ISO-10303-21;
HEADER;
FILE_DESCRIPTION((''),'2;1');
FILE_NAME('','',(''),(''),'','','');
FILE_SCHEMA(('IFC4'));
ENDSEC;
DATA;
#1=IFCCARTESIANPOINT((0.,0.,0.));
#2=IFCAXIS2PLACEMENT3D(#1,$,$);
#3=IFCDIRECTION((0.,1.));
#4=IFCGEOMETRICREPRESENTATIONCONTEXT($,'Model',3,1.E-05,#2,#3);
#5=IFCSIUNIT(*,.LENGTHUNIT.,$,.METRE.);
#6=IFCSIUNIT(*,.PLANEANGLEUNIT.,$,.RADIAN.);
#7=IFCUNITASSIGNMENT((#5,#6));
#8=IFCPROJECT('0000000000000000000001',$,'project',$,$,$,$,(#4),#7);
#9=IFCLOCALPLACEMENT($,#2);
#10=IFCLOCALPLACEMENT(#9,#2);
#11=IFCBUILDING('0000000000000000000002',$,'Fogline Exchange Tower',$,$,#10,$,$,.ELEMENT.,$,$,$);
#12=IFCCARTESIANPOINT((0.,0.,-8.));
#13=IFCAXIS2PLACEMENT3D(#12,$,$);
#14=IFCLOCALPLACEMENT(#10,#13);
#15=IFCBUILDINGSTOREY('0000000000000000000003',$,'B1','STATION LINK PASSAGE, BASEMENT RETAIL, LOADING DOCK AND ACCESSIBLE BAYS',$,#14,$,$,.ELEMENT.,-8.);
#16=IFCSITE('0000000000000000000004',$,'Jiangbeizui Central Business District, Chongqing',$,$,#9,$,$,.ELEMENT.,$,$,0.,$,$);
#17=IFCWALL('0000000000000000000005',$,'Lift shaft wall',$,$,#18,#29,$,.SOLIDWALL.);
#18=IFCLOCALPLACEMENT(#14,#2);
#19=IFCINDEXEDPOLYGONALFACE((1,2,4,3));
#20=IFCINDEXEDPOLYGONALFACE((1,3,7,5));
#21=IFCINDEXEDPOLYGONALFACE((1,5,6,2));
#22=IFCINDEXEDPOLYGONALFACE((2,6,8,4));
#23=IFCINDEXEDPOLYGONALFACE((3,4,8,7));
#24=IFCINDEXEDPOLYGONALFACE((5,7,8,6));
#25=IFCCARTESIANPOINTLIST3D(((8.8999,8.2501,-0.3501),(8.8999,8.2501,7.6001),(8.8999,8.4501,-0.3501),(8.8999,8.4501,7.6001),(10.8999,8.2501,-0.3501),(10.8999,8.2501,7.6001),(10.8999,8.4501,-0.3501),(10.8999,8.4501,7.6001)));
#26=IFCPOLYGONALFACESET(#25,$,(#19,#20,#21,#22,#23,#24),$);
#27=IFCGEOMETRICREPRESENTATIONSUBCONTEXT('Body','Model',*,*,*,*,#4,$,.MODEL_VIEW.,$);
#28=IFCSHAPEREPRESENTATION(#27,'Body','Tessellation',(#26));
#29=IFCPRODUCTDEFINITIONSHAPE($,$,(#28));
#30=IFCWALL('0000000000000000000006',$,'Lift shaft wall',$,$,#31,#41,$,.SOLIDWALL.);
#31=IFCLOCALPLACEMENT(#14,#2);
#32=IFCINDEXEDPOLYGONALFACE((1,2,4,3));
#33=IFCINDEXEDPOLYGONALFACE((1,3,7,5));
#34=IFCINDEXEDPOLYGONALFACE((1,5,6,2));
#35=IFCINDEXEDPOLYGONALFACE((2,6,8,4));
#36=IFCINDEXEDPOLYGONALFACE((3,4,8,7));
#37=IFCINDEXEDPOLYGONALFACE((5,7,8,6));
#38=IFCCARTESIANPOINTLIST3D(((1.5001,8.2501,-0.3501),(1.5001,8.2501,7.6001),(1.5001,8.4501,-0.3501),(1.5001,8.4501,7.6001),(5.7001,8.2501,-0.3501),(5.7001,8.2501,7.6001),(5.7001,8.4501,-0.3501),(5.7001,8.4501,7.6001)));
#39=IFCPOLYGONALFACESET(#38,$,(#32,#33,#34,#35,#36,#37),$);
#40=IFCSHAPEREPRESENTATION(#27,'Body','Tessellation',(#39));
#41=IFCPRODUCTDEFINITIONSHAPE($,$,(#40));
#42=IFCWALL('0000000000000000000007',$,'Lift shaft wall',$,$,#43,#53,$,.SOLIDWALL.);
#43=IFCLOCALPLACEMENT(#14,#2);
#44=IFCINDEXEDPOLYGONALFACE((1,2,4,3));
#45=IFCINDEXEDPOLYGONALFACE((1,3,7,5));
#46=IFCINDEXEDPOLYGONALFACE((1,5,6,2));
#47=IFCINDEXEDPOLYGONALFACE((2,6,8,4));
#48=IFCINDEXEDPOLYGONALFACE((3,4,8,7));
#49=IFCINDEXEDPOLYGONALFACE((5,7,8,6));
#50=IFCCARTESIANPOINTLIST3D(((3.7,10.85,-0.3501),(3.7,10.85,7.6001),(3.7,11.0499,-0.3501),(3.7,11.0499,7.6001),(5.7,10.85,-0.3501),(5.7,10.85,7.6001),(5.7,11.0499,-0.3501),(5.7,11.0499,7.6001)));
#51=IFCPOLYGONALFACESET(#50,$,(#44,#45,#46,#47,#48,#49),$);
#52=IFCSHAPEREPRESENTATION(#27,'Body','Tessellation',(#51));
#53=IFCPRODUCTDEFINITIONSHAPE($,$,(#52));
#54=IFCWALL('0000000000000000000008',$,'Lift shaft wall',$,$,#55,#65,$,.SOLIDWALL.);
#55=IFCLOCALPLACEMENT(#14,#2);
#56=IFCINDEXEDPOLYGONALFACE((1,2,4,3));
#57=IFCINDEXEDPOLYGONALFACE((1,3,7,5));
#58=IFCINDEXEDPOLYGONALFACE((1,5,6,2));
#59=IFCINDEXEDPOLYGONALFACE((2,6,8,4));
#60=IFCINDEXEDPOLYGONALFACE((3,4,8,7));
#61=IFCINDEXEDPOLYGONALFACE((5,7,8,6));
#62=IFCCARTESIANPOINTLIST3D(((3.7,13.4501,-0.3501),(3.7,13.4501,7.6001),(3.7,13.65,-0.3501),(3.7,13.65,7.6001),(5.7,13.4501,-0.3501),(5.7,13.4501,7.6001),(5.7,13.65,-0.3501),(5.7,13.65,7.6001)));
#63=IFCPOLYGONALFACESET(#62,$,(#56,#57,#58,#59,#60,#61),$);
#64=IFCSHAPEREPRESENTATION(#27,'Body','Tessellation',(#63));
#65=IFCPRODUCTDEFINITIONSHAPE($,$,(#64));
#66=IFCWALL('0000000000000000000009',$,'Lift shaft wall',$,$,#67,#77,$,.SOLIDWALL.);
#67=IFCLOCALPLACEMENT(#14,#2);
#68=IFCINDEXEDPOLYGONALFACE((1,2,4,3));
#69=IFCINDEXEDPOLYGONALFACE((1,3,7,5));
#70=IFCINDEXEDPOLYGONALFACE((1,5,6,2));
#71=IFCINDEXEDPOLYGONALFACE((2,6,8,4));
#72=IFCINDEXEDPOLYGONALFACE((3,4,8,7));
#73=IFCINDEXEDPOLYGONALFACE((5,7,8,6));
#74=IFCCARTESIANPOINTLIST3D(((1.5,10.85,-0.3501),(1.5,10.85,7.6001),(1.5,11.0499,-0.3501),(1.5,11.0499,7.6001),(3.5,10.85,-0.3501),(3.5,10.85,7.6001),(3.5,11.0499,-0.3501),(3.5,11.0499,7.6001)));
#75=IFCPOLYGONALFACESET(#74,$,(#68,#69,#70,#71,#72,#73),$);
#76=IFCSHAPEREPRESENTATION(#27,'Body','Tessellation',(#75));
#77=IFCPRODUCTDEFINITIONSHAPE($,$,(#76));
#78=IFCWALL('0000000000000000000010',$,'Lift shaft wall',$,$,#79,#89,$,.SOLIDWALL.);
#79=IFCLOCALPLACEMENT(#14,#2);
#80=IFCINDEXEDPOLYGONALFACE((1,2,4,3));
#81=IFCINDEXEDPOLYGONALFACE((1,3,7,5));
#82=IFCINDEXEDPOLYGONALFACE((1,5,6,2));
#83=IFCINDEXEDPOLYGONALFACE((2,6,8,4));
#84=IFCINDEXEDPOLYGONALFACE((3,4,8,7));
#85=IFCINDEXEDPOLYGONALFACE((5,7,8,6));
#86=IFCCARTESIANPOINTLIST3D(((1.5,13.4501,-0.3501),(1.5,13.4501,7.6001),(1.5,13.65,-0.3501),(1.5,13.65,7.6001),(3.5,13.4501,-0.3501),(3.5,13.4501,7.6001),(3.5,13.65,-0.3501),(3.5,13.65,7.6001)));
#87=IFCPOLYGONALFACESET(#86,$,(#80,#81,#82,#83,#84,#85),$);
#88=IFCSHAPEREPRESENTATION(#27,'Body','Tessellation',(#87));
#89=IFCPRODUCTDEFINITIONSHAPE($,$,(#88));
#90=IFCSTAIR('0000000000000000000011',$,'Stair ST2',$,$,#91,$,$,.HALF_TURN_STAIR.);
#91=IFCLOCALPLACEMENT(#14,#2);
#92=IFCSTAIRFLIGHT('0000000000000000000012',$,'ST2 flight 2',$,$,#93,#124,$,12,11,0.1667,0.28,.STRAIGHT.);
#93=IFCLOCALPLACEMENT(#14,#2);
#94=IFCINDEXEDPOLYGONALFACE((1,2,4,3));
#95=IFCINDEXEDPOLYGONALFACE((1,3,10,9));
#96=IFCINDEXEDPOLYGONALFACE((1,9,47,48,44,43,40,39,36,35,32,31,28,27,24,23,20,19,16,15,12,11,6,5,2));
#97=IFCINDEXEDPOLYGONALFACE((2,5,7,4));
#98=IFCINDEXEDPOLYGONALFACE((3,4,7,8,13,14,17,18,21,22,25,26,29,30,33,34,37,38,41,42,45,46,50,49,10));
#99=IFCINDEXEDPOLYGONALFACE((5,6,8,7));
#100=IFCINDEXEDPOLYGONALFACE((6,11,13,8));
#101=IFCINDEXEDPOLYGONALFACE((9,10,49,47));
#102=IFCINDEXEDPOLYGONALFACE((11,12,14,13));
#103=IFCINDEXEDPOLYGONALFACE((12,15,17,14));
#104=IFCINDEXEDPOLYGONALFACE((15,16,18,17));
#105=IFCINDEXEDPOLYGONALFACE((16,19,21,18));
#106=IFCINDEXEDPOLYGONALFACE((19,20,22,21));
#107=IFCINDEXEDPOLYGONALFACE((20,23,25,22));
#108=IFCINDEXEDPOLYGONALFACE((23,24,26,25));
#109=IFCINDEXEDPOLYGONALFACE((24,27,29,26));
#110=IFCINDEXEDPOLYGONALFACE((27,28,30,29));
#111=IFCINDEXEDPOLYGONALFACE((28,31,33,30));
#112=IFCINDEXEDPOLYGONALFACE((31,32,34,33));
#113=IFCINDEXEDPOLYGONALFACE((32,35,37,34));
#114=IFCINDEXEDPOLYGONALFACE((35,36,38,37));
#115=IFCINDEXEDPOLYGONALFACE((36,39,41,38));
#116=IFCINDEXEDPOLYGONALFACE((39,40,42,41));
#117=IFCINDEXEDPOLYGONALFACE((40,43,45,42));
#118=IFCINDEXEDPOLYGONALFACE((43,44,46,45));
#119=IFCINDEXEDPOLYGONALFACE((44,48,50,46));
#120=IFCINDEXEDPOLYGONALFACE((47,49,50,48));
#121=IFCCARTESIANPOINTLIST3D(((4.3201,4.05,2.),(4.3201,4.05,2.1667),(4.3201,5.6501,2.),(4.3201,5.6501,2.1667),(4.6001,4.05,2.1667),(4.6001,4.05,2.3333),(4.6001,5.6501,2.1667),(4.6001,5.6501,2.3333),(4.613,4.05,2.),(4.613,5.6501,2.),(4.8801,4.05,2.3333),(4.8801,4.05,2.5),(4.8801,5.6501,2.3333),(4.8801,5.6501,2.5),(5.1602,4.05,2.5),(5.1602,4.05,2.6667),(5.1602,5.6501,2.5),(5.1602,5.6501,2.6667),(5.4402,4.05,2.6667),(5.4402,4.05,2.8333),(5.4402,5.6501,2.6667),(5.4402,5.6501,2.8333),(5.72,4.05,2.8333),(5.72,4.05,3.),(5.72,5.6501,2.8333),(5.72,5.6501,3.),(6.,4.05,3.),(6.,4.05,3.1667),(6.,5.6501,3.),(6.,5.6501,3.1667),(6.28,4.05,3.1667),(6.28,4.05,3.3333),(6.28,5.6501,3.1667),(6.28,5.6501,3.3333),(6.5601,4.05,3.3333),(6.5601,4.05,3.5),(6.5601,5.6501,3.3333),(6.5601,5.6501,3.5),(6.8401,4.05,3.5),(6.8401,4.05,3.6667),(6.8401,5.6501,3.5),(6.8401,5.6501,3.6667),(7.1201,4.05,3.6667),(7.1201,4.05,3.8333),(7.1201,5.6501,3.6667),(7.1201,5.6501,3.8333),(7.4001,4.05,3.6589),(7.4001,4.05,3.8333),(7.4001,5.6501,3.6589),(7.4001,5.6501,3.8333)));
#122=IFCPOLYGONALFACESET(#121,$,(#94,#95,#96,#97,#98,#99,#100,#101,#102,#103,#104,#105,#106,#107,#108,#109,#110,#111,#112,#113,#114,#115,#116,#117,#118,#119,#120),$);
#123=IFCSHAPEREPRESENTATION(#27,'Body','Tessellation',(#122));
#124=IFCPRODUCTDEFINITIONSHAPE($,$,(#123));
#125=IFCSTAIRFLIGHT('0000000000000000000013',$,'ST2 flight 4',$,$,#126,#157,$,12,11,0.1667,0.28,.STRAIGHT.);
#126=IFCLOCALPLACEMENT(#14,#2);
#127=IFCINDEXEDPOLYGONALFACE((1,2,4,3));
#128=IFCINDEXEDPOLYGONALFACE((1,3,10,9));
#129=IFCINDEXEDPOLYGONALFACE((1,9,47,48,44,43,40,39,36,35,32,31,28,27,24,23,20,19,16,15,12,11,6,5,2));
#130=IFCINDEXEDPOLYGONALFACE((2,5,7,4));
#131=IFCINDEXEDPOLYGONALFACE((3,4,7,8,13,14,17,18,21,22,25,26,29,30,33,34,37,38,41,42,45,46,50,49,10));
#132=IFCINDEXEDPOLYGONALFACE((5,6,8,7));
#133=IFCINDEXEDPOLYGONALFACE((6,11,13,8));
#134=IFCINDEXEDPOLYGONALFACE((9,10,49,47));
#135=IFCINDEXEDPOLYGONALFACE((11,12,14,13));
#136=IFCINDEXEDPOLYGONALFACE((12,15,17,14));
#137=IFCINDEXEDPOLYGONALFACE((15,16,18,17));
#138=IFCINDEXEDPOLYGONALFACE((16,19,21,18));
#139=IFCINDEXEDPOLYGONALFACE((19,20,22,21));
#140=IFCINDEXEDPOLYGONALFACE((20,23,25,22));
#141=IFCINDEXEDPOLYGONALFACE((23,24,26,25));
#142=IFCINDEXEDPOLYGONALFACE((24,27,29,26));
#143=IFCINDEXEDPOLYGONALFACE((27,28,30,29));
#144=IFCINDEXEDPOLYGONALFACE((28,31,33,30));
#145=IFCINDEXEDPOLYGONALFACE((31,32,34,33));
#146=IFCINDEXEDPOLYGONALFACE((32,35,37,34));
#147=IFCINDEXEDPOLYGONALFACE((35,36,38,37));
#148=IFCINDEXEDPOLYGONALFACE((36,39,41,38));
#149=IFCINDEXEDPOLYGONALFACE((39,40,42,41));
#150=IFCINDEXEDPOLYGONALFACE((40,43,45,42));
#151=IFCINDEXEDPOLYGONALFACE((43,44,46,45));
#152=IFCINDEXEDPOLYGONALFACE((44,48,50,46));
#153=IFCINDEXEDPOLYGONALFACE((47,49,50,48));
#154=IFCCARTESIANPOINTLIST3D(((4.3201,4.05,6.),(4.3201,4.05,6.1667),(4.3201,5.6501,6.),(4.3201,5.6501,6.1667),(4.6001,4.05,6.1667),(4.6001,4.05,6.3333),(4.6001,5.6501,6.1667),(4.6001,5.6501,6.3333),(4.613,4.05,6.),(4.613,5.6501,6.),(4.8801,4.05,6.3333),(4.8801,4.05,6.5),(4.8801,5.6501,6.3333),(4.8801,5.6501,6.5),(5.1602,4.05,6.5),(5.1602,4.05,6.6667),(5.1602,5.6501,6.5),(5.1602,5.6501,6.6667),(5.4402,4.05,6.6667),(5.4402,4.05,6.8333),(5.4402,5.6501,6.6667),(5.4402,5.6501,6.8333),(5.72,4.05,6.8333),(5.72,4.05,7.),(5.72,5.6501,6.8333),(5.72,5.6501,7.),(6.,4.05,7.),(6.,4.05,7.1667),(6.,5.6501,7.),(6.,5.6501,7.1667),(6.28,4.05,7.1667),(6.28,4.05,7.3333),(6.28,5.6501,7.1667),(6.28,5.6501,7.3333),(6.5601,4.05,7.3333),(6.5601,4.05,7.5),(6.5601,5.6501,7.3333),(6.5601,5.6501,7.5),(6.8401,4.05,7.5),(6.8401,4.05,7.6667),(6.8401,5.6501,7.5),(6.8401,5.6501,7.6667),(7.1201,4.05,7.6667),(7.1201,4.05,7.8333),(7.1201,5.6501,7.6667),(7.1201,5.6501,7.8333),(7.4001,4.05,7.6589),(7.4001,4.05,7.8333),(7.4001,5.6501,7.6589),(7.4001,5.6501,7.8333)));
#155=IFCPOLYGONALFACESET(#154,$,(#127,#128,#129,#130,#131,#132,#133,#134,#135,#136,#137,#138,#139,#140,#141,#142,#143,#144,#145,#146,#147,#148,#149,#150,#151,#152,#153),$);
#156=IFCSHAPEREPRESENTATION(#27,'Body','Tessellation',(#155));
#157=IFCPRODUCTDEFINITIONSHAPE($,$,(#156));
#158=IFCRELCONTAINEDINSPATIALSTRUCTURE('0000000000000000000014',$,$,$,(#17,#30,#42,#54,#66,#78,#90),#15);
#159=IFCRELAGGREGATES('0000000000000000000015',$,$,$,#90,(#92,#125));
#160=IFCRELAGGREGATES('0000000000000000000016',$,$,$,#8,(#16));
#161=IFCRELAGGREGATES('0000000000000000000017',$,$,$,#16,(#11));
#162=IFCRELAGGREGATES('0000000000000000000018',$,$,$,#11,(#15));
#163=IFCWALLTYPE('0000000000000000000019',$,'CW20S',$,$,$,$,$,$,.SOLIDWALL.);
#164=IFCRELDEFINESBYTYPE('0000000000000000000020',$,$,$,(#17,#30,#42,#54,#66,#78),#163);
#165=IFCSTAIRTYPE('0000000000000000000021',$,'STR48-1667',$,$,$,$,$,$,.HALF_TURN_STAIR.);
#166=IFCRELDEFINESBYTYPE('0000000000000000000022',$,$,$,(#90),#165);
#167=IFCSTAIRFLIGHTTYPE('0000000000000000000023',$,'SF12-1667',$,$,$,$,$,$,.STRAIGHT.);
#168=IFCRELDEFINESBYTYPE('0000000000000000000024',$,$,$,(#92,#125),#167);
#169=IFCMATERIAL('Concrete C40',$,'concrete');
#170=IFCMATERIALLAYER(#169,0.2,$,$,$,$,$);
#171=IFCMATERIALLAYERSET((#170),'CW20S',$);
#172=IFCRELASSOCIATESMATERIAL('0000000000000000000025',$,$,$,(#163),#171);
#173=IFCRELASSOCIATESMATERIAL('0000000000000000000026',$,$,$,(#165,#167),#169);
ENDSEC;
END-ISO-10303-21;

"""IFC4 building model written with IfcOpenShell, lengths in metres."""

from ifc_helpers import new_model, si_unit, direction, frame, frame_2d, origin, place, context, subcontext, project, spatial, polyline, rectangle, outline, extrude, material, layer, layer_set, type_object, element, aggregate, save


model = new_model("IFC4")

# Units and contexts
model_context = context("Model", 3, precision=1e-05, world=origin(), true_north=direction((0.0, 1.0)))
body_context = subcontext(model_context, "Body", "Model", "MODEL_VIEW")
ifc_project = project(units=[si_unit("LENGTHUNIT", "METRE"), si_unit("PLANEANGLEUNIT", "RADIAN")], contexts=[model_context])

# Site, building, storey
site_placement = place(None, origin())
site = spatial("IfcSite", under=ifc_project, at=site_placement, Name="Jiangbeizui Central Business District, Chongqing", CompositionType="ELEMENT", RefElevation=0.0)
building_placement = place(site_placement, origin())
building = spatial("IfcBuilding", under=site, at=building_placement, Name="Fogline Exchange Tower", CompositionType="ELEMENT")
storey_placement = place(building_placement, frame((0.0, 0.0, -8.0)))
storey = spatial("IfcBuildingStorey", under=building, at=storey_placement, Name="B1", Description="STATION LINK PASSAGE, BASEMENT RETAIL, LOADING DOCK AND ACCESSIBLE BAYS", CompositionType="ELEMENT", Elevation=-8.0)

# Shared definitions
ifc_material_1 = material(Name="Concrete C40", Category="concrete")

# Shared definitions
ifc_layer_1 = layer(ifc_material_1, 0.2)
ifc_layer_set_1 = layer_set([ifc_layer_1], Name="CW20S")
wall_type_1 = type_object("IfcWallType", Name="CW20S", PredefinedType="SOLIDWALL", material=ifc_layer_set_1)

# Walls
wall_1_placement = place(storey_placement, frame((8.8999, 8.3501, -0.3501), z_axis=(0.0, 0.0, 1.0), x_axis=(1.0, 0.0, 0.0)))
element("IfcWall", 1, at=wall_1_placement, inside=storey, type_object=wall_type_1, Name="Lift shaft wall", PredefinedType="SOLIDWALL", context=body_context, shape_type="SweptSolid", body=[
    extrude(rectangle(XDim=2.0, YDim=0.2, at=frame_2d((1.0, 0.0))), origin(), (0.0, 0.0, 1.0), 7.9502),
])
wall_2_placement = place(storey_placement, frame((1.5, 8.3501, -0.3501), z_axis=(0.0, 0.0, 1.0), x_axis=(1.0, 0.0, 0.0)))
element("IfcWall", 2, at=wall_2_placement, inside=storey, type_object=wall_type_1, Name="Lift shaft wall", PredefinedType="SOLIDWALL", context=body_context, shape_type="SweptSolid", body=[
    extrude(rectangle(XDim=4.2, YDim=0.2, at=frame_2d((2.1001, 0.0))), origin(), (0.0, 0.0, 1.0), 7.9502),
])
for number, where, z_axis, x_axis, name in (
    (3, (3.7, 10.95, -0.3501), (0.0, 0.0, 1.0), (1.0, 0.0, 0.0), "Lift shaft wall"),
    (4, (3.7, 13.55, -0.3501), (0.0, 0.0, 1.0), (1.0, 0.0, 0.0), "Lift shaft wall"),
    (5, (1.5, 10.95, -0.3501), (0.0, 0.0, 1.0), (1.0, 0.0, 0.0), "Lift shaft wall"),
    (6, (1.5, 13.55, -0.3501), (0.0, 0.0, 1.0), (1.0, 0.0, 0.0), "Lift shaft wall"),
):
    element("IfcWall", number, at=place(storey_placement, frame(where, z_axis=z_axis, x_axis=x_axis)), inside=storey, type_object=wall_type_1, Name=name, PredefinedType="SOLIDWALL", context=body_context, shape_type="SweptSolid", body=[
        extrude(rectangle(XDim=2.0, YDim=0.2, at=frame_2d((1.0, 0.0))), origin(), (0.0, 0.0, 1.0), 7.9502),
    ])

# Stair, stair flights
stair_type = type_object("IfcStairType", Name="STR48-1667", PredefinedType="HALF_TURN_STAIR", material=ifc_material_1)
stair_placement = place(storey_placement, origin())
stair = element("IfcStair", 7, at=stair_placement, inside=storey, type_object=stair_type, Name="Stair ST2", PredefinedType="HALF_TURN_STAIR")
stair_flight_type = type_object("IfcStairFlightType", Name="SF12-1667", PredefinedType="STRAIGHT", material=ifc_material_1)
stair_flight_1_placement = place(storey_placement, frame((4.3201, 4.8501, 2.0), z_axis=(0.0, 0.0, 1.0), x_axis=(1.0, 0.0, 0.0)))
stair_flight_1 = element("IfcStairFlight", 8, at=stair_flight_1_placement, type_object=stair_flight_type, Name="ST2 flight 2", NumberOfRisers=12, NumberOfTreads=11, PredefinedType="STRAIGHT", RiserHeight=0.1667, TreadLength=0.28, context=body_context, shape_type="SweptSolid", body=[
    extrude(outline(polyline([(0.0, 0.0), (0.0, 0.1667), (0.28, 0.1667), (0.28, 0.3333), (0.5601, 0.3333), (0.5601, 0.5), (0.8401, 0.5), (0.8401, 0.6667), (1.1201, 0.6667), (1.1201, 0.8333), (1.3999, 0.8333), (1.3999, 1.0), (1.6799, 1.0), (1.6799, 1.1667), (1.96, 1.1667), (1.96, 1.3333), (2.24, 1.3333), (2.24, 1.5), (2.52, 1.5), (2.52, 1.6667), (2.8, 1.6667), (2.8, 1.8333), (3.0801, 1.8333), (3.0801, 2.0), (3.0801, 1.6589), (0.293, 0.0), (0.0, 0.0)])), frame((0.0, 0.8, 0.0), z_axis=(0.0, -1.0, 0.0), x_axis=(1.0, 0.0, 0.0)), (0.0, 0.0, 1.0), 1.6001),
])
stair_flight_2_placement = place(storey_placement, frame((4.3201, 4.8501, 6.0), z_axis=(0.0, 0.0, 1.0), x_axis=(1.0, 0.0, 0.0)))
stair_flight_2 = element("IfcStairFlight", 9, at=stair_flight_2_placement, type_object=stair_flight_type, Name="ST2 flight 4", NumberOfRisers=12, NumberOfTreads=11, PredefinedType="STRAIGHT", RiserHeight=0.1667, TreadLength=0.28, context=body_context, shape_type="SweptSolid", body=[
    extrude(outline(polyline([(0.0, 0.0), (0.0, 0.1667), (0.28, 0.1667), (0.28, 0.3333), (0.5601, 0.3333), (0.5601, 0.5), (0.8401, 0.5), (0.8401, 0.6667), (1.1201, 0.6667), (1.1201, 0.8333), (1.3999, 0.8333), (1.3999, 1.0), (1.6799, 1.0), (1.6799, 1.1667), (1.96, 1.1667), (1.96, 1.3333), (2.24, 1.3333), (2.24, 1.5), (2.52, 1.5), (2.52, 1.6667), (2.8, 1.6667), (2.8, 1.8333), (3.0801, 1.8333), (3.0801, 2.0), (3.0801, 1.6589), (0.293, 0.0), (0.0, 0.0)])), frame((0.0, 0.8, 0.0), z_axis=(0.0, -1.0, 0.0), x_axis=(1.0, 0.0, 0.0)), (0.0, 0.0, 1.0), 1.6001),
])
aggregate(stair, [stair_flight_1, stair_flight_2])

save(model, "model.ifc")
